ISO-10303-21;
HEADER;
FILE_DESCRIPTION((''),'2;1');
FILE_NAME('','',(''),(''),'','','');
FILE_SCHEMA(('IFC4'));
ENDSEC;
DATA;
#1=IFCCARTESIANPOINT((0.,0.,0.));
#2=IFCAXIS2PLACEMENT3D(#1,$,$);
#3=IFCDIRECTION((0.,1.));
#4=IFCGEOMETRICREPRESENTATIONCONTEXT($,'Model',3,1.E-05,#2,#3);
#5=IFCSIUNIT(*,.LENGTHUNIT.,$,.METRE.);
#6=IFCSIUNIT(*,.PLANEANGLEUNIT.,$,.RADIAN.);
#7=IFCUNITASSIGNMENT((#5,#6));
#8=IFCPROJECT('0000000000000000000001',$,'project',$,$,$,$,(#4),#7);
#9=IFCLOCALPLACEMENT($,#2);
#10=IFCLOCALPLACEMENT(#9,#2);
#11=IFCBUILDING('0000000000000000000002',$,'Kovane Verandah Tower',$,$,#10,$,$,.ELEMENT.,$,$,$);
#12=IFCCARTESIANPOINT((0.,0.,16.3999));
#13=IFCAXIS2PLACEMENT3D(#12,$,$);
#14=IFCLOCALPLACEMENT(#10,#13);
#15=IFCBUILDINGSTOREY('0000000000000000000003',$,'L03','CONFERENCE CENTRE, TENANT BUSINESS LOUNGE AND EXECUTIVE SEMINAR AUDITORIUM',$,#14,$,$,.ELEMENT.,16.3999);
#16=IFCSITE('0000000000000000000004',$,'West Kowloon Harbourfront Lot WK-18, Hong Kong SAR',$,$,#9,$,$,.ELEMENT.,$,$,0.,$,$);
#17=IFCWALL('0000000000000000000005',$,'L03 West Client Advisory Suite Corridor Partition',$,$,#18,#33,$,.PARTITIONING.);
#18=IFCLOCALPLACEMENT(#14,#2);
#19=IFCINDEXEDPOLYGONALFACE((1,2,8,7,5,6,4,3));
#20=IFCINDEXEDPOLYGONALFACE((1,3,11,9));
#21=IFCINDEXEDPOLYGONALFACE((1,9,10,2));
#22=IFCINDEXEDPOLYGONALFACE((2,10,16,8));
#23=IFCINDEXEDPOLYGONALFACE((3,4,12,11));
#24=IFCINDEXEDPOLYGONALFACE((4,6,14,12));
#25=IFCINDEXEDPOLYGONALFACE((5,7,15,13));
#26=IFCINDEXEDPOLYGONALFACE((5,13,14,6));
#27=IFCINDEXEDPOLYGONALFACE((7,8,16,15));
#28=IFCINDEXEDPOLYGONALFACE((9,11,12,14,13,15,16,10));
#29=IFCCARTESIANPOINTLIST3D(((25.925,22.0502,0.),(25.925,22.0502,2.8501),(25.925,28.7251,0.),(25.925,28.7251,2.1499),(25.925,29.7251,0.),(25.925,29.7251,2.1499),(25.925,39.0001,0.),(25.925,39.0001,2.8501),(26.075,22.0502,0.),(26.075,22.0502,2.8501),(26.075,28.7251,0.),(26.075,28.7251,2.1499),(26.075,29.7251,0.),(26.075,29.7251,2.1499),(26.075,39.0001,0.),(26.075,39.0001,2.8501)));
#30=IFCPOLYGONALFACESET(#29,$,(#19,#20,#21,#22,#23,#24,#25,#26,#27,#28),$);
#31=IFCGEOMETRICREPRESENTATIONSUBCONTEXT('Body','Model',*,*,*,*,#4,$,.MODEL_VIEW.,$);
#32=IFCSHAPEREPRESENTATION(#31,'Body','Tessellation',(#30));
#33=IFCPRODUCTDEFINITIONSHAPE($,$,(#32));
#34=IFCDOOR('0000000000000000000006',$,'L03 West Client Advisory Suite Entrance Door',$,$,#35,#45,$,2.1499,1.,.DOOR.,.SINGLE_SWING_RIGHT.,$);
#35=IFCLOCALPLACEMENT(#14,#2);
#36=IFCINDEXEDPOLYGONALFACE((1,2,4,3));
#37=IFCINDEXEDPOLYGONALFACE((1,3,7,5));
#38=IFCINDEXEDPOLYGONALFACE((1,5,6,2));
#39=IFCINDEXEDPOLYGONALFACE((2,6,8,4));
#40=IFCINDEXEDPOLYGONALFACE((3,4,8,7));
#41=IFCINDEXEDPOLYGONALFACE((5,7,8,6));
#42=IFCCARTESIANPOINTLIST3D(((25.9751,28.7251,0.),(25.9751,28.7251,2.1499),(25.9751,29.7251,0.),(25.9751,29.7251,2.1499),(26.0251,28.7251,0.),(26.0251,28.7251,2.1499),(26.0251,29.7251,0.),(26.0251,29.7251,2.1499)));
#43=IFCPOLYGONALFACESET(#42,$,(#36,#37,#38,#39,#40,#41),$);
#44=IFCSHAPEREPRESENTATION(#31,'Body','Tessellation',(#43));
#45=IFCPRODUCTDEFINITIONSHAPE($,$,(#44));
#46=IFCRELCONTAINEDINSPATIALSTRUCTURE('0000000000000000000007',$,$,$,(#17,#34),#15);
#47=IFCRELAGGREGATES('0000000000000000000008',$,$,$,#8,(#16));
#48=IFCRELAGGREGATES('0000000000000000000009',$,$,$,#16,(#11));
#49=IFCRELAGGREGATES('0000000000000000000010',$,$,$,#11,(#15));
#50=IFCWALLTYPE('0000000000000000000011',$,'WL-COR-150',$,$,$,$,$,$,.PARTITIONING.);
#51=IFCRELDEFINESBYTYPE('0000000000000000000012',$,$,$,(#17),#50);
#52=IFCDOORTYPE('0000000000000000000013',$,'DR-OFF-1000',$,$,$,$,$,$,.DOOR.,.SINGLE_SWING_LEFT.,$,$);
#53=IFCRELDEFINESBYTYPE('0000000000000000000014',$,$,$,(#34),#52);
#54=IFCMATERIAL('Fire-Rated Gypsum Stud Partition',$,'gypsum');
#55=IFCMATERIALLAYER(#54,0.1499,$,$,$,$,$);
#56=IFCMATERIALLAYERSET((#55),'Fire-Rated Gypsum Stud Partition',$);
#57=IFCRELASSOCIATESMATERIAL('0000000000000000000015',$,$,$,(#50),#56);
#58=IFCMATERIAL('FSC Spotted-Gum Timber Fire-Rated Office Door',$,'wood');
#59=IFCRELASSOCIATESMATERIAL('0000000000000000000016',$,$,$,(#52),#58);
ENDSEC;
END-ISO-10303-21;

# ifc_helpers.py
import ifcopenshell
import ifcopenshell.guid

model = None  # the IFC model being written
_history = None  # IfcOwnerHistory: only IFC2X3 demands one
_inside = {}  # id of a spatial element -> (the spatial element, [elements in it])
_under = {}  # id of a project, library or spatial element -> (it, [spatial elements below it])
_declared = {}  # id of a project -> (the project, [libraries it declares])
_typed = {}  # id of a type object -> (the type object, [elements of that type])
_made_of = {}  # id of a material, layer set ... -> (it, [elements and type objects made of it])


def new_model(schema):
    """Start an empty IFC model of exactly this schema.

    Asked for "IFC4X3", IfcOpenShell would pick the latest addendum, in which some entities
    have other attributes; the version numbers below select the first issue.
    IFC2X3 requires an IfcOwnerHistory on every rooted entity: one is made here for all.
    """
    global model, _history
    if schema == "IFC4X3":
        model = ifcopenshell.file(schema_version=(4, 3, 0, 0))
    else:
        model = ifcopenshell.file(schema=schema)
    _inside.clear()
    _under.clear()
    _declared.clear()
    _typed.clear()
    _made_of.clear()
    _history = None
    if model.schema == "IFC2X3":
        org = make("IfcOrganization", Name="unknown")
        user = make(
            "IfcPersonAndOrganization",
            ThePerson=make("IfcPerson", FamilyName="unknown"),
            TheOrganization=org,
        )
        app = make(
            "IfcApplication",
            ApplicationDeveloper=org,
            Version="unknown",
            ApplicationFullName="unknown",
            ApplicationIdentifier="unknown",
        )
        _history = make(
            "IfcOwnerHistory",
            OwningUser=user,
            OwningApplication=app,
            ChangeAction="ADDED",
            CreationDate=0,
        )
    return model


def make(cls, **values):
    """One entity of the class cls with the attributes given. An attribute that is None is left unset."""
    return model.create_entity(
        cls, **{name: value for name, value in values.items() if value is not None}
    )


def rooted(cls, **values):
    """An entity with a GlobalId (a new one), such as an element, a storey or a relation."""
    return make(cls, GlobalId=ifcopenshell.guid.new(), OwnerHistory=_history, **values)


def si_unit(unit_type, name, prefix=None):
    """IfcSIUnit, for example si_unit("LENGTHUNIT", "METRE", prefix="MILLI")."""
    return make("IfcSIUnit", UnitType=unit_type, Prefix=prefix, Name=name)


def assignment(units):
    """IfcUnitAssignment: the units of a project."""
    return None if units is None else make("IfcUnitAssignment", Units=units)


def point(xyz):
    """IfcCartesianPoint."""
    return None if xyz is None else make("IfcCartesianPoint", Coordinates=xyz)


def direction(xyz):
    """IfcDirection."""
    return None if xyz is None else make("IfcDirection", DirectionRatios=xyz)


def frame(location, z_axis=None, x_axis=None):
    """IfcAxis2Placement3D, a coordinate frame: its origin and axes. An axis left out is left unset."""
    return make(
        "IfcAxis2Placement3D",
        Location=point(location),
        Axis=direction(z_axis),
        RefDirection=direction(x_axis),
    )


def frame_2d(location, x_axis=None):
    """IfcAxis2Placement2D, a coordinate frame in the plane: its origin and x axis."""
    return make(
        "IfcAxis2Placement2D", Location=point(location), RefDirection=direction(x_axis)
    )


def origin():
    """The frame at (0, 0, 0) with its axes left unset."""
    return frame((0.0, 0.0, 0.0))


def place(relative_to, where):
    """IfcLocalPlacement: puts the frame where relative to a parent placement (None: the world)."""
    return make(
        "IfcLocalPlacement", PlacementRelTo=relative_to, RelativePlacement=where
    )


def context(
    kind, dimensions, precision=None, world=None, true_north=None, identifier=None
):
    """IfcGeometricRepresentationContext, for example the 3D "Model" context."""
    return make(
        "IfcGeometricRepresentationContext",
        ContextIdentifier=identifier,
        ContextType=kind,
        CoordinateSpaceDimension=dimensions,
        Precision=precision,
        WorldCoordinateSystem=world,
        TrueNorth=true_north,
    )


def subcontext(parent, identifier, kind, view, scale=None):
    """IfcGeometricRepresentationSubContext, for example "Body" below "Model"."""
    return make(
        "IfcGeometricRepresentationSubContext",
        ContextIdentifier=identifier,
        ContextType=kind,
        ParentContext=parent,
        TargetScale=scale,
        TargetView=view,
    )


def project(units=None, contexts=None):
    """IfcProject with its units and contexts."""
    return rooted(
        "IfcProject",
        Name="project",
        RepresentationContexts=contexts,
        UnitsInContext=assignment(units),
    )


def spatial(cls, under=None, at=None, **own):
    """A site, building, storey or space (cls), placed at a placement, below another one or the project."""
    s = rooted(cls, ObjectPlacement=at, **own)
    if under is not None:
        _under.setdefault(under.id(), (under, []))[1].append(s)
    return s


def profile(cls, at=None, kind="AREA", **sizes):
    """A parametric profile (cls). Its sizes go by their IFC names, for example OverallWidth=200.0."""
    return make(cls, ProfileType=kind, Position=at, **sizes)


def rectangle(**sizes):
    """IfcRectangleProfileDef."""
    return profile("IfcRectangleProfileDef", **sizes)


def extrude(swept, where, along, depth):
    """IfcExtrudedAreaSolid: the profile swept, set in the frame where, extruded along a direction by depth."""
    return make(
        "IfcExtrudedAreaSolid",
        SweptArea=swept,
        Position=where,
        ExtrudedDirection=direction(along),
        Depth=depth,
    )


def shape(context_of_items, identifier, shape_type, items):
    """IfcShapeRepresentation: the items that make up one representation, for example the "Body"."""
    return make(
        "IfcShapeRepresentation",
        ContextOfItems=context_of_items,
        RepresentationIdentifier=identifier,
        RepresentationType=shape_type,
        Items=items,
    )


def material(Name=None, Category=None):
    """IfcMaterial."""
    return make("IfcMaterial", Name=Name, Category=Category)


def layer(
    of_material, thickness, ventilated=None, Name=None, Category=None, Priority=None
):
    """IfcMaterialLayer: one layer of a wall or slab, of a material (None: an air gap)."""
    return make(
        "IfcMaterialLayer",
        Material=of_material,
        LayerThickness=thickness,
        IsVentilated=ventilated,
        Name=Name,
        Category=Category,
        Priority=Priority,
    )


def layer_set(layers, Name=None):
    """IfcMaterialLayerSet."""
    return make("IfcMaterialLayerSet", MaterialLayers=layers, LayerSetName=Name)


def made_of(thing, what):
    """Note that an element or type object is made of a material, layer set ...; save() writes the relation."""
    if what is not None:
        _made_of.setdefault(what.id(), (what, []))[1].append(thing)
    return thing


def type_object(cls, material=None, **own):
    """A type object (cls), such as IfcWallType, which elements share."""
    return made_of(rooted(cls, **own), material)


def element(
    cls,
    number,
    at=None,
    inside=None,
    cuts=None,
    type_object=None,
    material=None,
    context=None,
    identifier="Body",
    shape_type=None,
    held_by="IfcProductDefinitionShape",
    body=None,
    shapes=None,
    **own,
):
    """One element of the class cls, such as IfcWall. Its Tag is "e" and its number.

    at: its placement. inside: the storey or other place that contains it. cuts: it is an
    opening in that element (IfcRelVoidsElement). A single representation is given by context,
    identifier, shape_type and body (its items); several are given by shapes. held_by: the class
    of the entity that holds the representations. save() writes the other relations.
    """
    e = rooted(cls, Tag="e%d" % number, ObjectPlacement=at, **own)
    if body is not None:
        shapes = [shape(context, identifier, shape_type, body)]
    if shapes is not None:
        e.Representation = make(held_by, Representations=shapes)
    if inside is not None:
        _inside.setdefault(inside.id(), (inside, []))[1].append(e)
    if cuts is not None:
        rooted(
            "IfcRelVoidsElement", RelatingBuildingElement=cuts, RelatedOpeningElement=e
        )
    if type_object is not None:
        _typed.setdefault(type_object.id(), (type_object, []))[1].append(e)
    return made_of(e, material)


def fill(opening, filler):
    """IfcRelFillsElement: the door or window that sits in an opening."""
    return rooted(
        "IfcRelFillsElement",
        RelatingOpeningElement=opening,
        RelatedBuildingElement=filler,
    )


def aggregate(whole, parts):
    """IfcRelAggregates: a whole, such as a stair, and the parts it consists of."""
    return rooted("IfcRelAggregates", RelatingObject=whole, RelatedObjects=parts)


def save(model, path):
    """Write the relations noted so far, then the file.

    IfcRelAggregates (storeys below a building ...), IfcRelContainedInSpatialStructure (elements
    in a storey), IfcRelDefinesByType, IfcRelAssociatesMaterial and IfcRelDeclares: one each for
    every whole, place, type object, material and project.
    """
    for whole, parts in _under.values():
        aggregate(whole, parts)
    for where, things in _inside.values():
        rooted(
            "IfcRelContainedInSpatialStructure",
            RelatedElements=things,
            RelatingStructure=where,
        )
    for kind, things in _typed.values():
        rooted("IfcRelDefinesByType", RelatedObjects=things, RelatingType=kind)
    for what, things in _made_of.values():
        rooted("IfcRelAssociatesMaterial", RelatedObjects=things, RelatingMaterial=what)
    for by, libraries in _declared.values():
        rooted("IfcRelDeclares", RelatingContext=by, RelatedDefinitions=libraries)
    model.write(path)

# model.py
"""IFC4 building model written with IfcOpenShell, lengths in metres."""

from ifc_helpers import new_model, si_unit, direction, frame, frame_2d, origin, place, context, subcontext, project, spatial, rectangle, extrude, material, layer, layer_set, type_object, element, fill, save


model = new_model("IFC4")

# Units and contexts
model_context = context("Model", 3, precision=1e-05, world=origin(), true_north=direction((0.0, 1.0)))
body_context = subcontext(model_context, "Body", "Model", "MODEL_VIEW")
ifc_project = project(units=[si_unit("LENGTHUNIT", "METRE"), si_unit("PLANEANGLEUNIT", "RADIAN")], contexts=[model_context])

# Site, building, storey
site_placement = place(None, origin())
site = spatial("IfcSite", under=ifc_project, at=site_placement, Name="West Kowloon Harbourfront Lot WK-18, Hong Kong SAR", CompositionType="ELEMENT", RefElevation=0.0)
building_placement = place(site_placement, origin())
building = spatial("IfcBuilding", under=site, at=building_placement, Name="Kovane Verandah Tower", CompositionType="ELEMENT")
storey_placement = place(building_placement, frame((0.0, 0.0, 16.3999)))
storey = spatial("IfcBuildingStorey", under=building, at=storey_placement, Name="L03", Description="CONFERENCE CENTRE, TENANT BUSINESS LOUNGE AND EXECUTIVE SEMINAR AUDITORIUM", CompositionType="ELEMENT", Elevation=16.3999)

# Wall, opening, door
ifc_material_1 = material(Name="Fire-Rated Gypsum Stud Partition", Category="gypsum")
ifc_layer_1 = layer(ifc_material_1, 0.1499)
ifc_layer_set_1 = layer_set([ifc_layer_1], Name="Fire-Rated Gypsum Stud Partition")
wall_type = type_object("IfcWallType", Name="WL-COR-150", PredefinedType="PARTITIONING", material=ifc_layer_set_1)
ifc_material_2 = material(Name="FSC Spotted-Gum Timber Fire-Rated Office Door", Category="wood")
door_type = type_object("IfcDoorType", Name="DR-OFF-1000", OperationType="SINGLE_SWING_LEFT", PredefinedType="DOOR", material=ifc_material_2)
wall_1_placement = place(storey_placement, frame((26.0, 22.05, 0.0), z_axis=(0.0, 0.0, 1.0), x_axis=(0.0, 1.0, 0.0)))
wall_1 = element("IfcWall", 1, at=wall_1_placement, inside=storey, type_object=wall_type, Name="L03 West Client Advisory Suite Corridor Partition", PredefinedType="PARTITIONING", context=body_context, shape_type="SweptSolid", body=[
    extrude(rectangle(XDim=16.95, YDim=0.1499, at=frame_2d((8.4751, 0.0))), origin(), (0.0, 0.0, 1.0), 2.8501),
])
opening_1_placement = place(wall_1_placement, frame((6.675, 0.0, 0.0)))
opening_1 = element("IfcOpeningElement", 2, at=opening_1_placement, cuts=wall_1, PredefinedType="OPENING", context=body_context, shape_type="SweptSolid", body=[
    extrude(rectangle(XDim=1.0, YDim=2.1499, at=frame_2d((0.5, 1.075))), frame((0.0, 0.075, 0.0), z_axis=(0.0, -1.0, 0.0), x_axis=(1.0, 0.0, 0.0)), (0.0, 0.0, 1.0), 0.1499),
])
door_1_placement = place(opening_1_placement, origin())
door_1 = element("IfcDoor", 3, at=door_1_placement, inside=storey, type_object=door_type, Name="L03 West Client Advisory Suite Entrance Door", OperationType="SINGLE_SWING_RIGHT", OverallHeight=2.1499, OverallWidth=1.0, PredefinedType="DOOR", context=body_context, shape_type="SweptSolid", body=[
    extrude(rectangle(XDim=1.0, YDim=2.1499, at=frame_2d((0.5, 1.075))), frame((0.0, 0.0249, 0.0), z_axis=(0.0, -1.0, 0.0), x_axis=(1.0, 0.0, 0.0)), (0.0, 0.0, 1.0), 0.05),
])
fill(opening_1, door_1)

save(model, "model.ifc")
